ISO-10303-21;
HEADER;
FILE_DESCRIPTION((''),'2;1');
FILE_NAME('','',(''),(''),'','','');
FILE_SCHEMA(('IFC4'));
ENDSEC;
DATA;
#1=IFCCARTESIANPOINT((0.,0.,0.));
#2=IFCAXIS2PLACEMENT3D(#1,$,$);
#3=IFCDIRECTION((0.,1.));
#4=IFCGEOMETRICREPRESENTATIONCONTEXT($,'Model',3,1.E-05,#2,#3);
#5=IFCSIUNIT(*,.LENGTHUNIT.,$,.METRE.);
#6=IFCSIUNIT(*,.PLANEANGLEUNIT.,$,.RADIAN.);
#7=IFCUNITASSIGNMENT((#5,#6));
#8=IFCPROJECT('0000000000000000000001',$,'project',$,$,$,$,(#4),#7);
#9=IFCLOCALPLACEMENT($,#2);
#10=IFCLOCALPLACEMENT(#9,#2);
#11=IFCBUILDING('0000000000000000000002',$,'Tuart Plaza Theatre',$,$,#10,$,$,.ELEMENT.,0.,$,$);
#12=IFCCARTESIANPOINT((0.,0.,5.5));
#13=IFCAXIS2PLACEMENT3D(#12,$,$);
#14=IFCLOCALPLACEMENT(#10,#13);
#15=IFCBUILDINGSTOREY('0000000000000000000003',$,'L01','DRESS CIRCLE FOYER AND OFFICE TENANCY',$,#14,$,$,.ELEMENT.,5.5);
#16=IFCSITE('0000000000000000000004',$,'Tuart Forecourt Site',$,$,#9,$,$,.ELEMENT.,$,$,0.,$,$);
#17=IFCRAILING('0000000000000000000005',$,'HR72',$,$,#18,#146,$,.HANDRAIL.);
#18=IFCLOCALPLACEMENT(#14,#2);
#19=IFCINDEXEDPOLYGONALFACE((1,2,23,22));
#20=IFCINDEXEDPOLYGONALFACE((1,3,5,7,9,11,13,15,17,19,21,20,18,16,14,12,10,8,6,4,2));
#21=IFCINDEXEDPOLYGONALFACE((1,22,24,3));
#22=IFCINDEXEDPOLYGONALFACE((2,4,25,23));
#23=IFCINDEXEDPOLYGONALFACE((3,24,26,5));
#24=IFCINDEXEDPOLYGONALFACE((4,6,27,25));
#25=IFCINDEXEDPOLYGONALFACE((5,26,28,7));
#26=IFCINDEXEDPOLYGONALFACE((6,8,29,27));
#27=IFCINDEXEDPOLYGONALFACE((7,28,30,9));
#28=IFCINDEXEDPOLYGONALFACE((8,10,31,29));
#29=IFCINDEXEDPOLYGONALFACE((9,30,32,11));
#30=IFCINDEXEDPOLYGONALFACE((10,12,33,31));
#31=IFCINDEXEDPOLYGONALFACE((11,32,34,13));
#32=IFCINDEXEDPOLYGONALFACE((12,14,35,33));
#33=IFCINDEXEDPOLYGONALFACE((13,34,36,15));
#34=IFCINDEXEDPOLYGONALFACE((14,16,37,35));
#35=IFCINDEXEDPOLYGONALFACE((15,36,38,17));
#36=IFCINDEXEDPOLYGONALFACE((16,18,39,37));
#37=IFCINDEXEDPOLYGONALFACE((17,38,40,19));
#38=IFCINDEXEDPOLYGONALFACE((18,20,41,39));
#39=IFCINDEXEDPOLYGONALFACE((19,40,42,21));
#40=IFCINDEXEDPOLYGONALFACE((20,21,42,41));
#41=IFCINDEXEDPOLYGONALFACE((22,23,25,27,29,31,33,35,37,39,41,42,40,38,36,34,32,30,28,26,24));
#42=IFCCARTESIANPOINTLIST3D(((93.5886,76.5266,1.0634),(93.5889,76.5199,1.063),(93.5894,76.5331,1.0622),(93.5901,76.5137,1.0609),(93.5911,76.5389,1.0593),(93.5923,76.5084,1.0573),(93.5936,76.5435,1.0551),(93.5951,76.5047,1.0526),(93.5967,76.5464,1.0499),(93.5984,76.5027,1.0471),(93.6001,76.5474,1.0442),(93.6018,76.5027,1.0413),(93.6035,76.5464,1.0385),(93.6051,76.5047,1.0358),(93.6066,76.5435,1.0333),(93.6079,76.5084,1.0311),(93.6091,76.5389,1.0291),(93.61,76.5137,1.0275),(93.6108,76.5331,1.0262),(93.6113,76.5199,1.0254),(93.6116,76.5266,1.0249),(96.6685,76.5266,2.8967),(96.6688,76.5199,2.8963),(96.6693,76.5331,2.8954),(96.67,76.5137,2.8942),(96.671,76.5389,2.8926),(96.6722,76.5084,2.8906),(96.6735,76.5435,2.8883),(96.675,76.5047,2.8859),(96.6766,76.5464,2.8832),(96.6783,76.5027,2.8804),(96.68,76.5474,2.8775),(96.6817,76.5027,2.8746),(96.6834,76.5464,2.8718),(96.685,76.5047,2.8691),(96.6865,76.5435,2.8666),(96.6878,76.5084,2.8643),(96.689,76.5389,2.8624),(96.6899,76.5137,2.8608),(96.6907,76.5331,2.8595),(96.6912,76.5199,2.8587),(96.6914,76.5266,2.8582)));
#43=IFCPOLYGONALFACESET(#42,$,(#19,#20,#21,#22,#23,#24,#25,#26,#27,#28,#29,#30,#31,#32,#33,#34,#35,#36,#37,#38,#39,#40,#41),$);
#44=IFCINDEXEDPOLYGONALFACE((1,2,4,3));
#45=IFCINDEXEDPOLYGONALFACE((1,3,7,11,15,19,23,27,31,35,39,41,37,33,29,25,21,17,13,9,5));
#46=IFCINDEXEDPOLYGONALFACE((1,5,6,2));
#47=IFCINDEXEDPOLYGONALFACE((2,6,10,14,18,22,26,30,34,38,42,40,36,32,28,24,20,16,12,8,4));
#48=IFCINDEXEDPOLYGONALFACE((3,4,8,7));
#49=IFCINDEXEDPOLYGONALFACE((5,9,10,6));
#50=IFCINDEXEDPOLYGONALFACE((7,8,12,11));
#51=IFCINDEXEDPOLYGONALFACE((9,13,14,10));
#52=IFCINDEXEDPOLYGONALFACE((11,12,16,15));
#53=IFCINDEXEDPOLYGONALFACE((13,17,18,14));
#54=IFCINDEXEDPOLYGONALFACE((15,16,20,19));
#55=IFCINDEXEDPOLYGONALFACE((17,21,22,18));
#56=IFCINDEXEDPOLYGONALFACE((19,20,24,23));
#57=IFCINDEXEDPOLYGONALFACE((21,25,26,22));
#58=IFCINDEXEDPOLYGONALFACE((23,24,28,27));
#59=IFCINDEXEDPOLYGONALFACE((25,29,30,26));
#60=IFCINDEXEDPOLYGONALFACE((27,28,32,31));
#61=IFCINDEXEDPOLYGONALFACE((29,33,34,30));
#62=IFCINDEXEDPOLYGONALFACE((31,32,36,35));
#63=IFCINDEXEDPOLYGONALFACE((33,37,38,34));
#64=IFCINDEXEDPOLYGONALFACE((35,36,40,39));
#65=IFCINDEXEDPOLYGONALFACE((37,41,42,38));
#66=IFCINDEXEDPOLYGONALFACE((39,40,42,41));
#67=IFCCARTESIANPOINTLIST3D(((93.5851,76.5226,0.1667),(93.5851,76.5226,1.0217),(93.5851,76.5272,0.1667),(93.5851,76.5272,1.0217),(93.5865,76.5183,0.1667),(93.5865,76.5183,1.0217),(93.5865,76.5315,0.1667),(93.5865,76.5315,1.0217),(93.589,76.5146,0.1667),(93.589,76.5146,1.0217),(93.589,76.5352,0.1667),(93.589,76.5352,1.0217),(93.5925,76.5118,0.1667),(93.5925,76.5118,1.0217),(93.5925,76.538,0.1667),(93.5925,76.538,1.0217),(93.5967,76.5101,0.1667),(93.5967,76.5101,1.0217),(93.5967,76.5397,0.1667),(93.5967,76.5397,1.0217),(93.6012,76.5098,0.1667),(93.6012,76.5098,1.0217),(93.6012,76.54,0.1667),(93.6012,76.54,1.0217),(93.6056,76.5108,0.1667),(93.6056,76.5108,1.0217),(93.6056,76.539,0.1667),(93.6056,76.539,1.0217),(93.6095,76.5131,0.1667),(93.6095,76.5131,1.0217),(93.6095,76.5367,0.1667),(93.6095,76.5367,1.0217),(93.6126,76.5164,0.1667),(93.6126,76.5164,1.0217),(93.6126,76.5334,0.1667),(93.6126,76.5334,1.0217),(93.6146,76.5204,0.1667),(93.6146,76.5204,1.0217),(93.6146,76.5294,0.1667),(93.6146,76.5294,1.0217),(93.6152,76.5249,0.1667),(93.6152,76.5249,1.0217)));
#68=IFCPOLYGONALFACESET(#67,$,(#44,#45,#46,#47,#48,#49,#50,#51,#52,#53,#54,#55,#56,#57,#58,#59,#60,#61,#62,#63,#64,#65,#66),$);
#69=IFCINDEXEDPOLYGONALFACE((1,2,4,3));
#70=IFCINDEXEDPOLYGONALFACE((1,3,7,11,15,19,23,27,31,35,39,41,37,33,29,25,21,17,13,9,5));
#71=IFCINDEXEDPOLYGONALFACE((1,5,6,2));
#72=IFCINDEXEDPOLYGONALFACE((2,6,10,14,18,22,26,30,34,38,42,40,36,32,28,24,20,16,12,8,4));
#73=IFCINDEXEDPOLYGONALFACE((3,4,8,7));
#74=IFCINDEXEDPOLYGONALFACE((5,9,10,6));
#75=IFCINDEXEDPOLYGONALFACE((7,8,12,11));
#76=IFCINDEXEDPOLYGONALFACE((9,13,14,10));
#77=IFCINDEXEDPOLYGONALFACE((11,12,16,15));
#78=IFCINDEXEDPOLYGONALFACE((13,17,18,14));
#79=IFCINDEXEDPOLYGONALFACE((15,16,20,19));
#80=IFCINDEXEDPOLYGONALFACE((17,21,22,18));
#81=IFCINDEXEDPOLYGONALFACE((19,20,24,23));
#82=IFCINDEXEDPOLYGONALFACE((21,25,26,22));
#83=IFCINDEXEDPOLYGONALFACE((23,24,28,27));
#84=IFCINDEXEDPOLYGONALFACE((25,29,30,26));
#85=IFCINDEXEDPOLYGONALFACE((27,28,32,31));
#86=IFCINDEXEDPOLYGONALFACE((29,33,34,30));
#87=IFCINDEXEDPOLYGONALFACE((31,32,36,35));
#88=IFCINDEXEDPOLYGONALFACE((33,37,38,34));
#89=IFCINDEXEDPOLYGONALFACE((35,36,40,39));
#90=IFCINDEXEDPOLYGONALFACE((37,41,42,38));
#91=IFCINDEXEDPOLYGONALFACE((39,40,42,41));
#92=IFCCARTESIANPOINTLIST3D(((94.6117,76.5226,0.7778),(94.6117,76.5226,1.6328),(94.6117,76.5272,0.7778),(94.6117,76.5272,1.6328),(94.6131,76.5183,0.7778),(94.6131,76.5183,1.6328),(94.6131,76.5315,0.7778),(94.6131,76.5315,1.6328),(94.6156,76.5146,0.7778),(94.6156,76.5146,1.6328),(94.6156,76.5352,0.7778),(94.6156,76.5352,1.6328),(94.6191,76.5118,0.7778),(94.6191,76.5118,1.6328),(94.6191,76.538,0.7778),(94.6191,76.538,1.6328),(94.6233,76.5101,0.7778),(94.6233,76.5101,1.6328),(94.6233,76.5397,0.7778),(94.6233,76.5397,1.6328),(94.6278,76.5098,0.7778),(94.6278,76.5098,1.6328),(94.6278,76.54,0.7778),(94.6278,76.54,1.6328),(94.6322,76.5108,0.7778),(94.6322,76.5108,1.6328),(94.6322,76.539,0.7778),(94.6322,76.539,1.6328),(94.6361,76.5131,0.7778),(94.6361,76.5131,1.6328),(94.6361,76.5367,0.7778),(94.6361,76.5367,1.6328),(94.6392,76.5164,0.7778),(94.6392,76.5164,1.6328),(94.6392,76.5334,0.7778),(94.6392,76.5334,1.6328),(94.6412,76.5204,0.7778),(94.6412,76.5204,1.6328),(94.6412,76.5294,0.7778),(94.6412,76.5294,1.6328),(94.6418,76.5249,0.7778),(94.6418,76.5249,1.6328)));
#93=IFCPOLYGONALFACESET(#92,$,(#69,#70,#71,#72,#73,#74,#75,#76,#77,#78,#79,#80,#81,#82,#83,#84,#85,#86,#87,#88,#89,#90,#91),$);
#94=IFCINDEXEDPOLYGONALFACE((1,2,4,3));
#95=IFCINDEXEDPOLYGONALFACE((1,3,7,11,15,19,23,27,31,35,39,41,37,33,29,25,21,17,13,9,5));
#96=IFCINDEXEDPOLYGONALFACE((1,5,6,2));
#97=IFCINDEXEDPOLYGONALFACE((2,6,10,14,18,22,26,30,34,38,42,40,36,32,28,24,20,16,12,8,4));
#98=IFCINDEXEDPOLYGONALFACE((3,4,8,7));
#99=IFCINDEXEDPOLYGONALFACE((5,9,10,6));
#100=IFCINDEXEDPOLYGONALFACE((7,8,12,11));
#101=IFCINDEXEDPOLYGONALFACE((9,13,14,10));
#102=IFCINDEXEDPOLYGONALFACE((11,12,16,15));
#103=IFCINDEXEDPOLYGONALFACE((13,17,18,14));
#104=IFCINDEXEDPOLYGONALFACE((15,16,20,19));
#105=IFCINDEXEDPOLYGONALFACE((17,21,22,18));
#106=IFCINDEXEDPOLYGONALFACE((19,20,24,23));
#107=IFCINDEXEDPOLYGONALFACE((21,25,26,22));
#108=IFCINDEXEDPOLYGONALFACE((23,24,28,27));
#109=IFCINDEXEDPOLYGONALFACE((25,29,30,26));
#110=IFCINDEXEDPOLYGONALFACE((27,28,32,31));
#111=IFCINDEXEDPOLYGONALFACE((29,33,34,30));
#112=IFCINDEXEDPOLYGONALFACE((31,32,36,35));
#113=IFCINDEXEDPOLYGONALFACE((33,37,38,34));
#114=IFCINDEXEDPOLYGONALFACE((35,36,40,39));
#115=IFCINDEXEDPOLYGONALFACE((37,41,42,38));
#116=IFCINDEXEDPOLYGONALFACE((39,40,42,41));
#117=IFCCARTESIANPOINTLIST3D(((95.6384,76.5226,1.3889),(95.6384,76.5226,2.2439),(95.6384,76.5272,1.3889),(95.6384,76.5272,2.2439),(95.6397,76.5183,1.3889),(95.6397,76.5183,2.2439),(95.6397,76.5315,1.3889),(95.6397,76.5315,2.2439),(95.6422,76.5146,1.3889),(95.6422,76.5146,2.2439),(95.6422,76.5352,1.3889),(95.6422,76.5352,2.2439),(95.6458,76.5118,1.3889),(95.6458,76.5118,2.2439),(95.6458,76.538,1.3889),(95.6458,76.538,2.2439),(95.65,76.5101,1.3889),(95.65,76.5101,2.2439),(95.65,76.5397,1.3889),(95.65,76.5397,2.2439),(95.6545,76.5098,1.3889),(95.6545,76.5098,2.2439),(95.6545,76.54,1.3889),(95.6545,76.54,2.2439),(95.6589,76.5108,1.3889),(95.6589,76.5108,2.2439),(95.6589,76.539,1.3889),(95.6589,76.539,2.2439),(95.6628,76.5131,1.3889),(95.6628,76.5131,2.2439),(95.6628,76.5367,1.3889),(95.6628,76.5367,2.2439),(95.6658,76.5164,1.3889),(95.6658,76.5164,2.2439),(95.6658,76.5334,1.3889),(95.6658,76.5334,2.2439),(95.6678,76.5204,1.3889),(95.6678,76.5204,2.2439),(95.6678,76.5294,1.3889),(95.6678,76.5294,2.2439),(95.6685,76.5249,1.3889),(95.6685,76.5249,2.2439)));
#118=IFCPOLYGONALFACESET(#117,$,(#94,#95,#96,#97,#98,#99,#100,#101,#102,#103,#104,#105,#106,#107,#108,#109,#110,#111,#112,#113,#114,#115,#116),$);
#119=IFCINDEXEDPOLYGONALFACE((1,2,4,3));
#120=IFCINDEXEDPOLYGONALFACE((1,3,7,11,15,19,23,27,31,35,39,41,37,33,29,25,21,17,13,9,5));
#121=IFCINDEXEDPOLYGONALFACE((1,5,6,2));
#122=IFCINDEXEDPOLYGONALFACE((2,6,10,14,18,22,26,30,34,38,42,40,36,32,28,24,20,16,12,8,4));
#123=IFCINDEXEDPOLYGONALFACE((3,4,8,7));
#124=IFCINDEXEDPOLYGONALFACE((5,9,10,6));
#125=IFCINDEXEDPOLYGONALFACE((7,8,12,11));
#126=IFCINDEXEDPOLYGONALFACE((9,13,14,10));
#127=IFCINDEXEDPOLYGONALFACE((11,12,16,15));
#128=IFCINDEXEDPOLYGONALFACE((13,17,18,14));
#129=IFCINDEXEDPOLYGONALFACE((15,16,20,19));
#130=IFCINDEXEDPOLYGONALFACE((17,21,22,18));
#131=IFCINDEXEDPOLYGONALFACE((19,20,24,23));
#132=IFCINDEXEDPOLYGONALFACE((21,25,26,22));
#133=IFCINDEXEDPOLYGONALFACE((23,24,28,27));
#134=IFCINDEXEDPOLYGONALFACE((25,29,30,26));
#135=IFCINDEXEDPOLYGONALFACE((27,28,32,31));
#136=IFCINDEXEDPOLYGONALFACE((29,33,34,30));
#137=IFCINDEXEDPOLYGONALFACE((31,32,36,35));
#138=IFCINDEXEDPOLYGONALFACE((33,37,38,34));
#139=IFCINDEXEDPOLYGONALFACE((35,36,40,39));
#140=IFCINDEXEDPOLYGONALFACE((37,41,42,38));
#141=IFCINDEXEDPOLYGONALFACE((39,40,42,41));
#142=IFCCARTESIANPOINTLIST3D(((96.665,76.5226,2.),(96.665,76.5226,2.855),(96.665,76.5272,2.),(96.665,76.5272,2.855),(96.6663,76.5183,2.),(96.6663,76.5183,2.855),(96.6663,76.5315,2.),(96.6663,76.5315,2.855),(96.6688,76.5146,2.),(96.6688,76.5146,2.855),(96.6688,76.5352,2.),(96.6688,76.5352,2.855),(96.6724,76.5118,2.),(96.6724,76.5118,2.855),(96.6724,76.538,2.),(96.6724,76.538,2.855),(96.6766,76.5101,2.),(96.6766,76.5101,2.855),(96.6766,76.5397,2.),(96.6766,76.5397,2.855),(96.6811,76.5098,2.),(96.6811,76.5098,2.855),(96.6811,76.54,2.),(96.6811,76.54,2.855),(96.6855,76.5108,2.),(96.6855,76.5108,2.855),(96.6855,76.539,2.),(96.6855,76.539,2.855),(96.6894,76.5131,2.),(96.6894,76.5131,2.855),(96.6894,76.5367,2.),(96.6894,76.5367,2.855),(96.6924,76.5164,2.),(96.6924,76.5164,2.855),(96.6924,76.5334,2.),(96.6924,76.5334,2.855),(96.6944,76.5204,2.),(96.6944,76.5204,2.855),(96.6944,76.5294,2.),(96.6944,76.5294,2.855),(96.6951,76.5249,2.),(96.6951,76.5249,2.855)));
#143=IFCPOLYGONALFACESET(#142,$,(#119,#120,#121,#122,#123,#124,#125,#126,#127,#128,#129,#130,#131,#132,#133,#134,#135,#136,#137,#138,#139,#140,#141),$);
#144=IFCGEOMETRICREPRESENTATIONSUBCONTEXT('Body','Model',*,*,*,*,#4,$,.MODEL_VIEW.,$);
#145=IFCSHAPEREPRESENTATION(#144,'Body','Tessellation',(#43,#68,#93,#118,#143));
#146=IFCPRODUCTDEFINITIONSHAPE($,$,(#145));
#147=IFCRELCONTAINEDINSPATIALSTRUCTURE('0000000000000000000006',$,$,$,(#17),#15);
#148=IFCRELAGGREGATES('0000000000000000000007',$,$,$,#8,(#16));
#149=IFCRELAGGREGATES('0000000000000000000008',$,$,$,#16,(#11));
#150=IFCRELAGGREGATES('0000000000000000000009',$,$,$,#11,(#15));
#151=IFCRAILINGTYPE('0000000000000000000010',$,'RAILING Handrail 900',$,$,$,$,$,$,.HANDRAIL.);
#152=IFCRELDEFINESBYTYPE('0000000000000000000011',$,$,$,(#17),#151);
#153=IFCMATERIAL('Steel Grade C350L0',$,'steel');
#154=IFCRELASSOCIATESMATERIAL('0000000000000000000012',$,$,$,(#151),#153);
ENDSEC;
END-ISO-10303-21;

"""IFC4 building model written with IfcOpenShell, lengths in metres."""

from ifc_helpers import new_model, si_unit, direction, frame, origin, origin_2d, place, context, subcontext, project, spatial, circle, extrude, material, type_object, element, save


model = new_model("IFC4")

# Units and contexts
model_context = context("Model", 3, precision=1e-05, world=origin(), true_north=direction((0.0, 1.0)))
body_context = subcontext(model_context, "Body", "Model", "MODEL_VIEW")
ifc_project = project(units=[si_unit("LENGTHUNIT", "METRE"), si_unit("PLANEANGLEUNIT", "RADIAN")], contexts=[model_context])

# Site, building, storey
site_placement = place(None, origin())
site = spatial("IfcSite", under=ifc_project, at=site_placement, Name="Tuart Forecourt Site", CompositionType="ELEMENT", RefElevation=0.0)
building_placement = place(site_placement, origin())
building = spatial("IfcBuilding", under=site, at=building_placement, Name="Tuart Plaza Theatre", CompositionType="ELEMENT", ElevationOfRefHeight=0.0)
storey_placement = place(building_placement, frame((0.0, 0.0, 5.5)))
storey = spatial("IfcBuildingStorey", under=building, at=storey_placement, Name="L01", Description="DRESS CIRCLE FOYER AND OFFICE TENANCY", CompositionType="ELEMENT", Elevation=5.5)

# Railing
ifc_material_1 = material(Name="Steel Grade C350L0", Category="steel")
railing_type_1 = type_object("IfcRailingType", Name="RAILING Handrail 900", PredefinedType="HANDRAIL", material=ifc_material_1)
for number, where, name in (
    (1, (93.6001, 76.5249, 0.1667), "HR72"),
):
    element("IfcRailing", number, at=place(storey_placement, frame(where)), inside=storey, type_object=railing_type_1, Name=name, PredefinedType="HANDRAIL", context=body_context, shape_type="SweptSolid", body=[
        extrude(circle(Radius=0.0225, at=origin_2d()), frame((0.0, 0.0, 0.8774), z_axis=(0.859291, 0.0, 0.511487), x_axis=(0.0, 1.0, 0.0)), (0.0, 0.0, 1.0), 3.5842),
        extrude(circle(Radius=0.0151, at=origin_2d()), origin(), (0.0, 0.0, 1.0), 0.855),
        extrude(circle(Radius=0.0151, at=origin_2d()), frame((1.0266, 0.0, 0.6111)), (0.0, 0.0, 1.0), 0.855),
        extrude(circle(Radius=0.0151, at=origin_2d()), frame((2.0532, 0.0, 1.2222)), (0.0, 0.0, 1.0), 0.855),
        extrude(circle(Radius=0.0151, at=origin_2d()), frame((3.0798, 0.0, 1.8333)), (0.0, 0.0, 1.0), 0.855),
    ])

save(model, "model.ifc")
